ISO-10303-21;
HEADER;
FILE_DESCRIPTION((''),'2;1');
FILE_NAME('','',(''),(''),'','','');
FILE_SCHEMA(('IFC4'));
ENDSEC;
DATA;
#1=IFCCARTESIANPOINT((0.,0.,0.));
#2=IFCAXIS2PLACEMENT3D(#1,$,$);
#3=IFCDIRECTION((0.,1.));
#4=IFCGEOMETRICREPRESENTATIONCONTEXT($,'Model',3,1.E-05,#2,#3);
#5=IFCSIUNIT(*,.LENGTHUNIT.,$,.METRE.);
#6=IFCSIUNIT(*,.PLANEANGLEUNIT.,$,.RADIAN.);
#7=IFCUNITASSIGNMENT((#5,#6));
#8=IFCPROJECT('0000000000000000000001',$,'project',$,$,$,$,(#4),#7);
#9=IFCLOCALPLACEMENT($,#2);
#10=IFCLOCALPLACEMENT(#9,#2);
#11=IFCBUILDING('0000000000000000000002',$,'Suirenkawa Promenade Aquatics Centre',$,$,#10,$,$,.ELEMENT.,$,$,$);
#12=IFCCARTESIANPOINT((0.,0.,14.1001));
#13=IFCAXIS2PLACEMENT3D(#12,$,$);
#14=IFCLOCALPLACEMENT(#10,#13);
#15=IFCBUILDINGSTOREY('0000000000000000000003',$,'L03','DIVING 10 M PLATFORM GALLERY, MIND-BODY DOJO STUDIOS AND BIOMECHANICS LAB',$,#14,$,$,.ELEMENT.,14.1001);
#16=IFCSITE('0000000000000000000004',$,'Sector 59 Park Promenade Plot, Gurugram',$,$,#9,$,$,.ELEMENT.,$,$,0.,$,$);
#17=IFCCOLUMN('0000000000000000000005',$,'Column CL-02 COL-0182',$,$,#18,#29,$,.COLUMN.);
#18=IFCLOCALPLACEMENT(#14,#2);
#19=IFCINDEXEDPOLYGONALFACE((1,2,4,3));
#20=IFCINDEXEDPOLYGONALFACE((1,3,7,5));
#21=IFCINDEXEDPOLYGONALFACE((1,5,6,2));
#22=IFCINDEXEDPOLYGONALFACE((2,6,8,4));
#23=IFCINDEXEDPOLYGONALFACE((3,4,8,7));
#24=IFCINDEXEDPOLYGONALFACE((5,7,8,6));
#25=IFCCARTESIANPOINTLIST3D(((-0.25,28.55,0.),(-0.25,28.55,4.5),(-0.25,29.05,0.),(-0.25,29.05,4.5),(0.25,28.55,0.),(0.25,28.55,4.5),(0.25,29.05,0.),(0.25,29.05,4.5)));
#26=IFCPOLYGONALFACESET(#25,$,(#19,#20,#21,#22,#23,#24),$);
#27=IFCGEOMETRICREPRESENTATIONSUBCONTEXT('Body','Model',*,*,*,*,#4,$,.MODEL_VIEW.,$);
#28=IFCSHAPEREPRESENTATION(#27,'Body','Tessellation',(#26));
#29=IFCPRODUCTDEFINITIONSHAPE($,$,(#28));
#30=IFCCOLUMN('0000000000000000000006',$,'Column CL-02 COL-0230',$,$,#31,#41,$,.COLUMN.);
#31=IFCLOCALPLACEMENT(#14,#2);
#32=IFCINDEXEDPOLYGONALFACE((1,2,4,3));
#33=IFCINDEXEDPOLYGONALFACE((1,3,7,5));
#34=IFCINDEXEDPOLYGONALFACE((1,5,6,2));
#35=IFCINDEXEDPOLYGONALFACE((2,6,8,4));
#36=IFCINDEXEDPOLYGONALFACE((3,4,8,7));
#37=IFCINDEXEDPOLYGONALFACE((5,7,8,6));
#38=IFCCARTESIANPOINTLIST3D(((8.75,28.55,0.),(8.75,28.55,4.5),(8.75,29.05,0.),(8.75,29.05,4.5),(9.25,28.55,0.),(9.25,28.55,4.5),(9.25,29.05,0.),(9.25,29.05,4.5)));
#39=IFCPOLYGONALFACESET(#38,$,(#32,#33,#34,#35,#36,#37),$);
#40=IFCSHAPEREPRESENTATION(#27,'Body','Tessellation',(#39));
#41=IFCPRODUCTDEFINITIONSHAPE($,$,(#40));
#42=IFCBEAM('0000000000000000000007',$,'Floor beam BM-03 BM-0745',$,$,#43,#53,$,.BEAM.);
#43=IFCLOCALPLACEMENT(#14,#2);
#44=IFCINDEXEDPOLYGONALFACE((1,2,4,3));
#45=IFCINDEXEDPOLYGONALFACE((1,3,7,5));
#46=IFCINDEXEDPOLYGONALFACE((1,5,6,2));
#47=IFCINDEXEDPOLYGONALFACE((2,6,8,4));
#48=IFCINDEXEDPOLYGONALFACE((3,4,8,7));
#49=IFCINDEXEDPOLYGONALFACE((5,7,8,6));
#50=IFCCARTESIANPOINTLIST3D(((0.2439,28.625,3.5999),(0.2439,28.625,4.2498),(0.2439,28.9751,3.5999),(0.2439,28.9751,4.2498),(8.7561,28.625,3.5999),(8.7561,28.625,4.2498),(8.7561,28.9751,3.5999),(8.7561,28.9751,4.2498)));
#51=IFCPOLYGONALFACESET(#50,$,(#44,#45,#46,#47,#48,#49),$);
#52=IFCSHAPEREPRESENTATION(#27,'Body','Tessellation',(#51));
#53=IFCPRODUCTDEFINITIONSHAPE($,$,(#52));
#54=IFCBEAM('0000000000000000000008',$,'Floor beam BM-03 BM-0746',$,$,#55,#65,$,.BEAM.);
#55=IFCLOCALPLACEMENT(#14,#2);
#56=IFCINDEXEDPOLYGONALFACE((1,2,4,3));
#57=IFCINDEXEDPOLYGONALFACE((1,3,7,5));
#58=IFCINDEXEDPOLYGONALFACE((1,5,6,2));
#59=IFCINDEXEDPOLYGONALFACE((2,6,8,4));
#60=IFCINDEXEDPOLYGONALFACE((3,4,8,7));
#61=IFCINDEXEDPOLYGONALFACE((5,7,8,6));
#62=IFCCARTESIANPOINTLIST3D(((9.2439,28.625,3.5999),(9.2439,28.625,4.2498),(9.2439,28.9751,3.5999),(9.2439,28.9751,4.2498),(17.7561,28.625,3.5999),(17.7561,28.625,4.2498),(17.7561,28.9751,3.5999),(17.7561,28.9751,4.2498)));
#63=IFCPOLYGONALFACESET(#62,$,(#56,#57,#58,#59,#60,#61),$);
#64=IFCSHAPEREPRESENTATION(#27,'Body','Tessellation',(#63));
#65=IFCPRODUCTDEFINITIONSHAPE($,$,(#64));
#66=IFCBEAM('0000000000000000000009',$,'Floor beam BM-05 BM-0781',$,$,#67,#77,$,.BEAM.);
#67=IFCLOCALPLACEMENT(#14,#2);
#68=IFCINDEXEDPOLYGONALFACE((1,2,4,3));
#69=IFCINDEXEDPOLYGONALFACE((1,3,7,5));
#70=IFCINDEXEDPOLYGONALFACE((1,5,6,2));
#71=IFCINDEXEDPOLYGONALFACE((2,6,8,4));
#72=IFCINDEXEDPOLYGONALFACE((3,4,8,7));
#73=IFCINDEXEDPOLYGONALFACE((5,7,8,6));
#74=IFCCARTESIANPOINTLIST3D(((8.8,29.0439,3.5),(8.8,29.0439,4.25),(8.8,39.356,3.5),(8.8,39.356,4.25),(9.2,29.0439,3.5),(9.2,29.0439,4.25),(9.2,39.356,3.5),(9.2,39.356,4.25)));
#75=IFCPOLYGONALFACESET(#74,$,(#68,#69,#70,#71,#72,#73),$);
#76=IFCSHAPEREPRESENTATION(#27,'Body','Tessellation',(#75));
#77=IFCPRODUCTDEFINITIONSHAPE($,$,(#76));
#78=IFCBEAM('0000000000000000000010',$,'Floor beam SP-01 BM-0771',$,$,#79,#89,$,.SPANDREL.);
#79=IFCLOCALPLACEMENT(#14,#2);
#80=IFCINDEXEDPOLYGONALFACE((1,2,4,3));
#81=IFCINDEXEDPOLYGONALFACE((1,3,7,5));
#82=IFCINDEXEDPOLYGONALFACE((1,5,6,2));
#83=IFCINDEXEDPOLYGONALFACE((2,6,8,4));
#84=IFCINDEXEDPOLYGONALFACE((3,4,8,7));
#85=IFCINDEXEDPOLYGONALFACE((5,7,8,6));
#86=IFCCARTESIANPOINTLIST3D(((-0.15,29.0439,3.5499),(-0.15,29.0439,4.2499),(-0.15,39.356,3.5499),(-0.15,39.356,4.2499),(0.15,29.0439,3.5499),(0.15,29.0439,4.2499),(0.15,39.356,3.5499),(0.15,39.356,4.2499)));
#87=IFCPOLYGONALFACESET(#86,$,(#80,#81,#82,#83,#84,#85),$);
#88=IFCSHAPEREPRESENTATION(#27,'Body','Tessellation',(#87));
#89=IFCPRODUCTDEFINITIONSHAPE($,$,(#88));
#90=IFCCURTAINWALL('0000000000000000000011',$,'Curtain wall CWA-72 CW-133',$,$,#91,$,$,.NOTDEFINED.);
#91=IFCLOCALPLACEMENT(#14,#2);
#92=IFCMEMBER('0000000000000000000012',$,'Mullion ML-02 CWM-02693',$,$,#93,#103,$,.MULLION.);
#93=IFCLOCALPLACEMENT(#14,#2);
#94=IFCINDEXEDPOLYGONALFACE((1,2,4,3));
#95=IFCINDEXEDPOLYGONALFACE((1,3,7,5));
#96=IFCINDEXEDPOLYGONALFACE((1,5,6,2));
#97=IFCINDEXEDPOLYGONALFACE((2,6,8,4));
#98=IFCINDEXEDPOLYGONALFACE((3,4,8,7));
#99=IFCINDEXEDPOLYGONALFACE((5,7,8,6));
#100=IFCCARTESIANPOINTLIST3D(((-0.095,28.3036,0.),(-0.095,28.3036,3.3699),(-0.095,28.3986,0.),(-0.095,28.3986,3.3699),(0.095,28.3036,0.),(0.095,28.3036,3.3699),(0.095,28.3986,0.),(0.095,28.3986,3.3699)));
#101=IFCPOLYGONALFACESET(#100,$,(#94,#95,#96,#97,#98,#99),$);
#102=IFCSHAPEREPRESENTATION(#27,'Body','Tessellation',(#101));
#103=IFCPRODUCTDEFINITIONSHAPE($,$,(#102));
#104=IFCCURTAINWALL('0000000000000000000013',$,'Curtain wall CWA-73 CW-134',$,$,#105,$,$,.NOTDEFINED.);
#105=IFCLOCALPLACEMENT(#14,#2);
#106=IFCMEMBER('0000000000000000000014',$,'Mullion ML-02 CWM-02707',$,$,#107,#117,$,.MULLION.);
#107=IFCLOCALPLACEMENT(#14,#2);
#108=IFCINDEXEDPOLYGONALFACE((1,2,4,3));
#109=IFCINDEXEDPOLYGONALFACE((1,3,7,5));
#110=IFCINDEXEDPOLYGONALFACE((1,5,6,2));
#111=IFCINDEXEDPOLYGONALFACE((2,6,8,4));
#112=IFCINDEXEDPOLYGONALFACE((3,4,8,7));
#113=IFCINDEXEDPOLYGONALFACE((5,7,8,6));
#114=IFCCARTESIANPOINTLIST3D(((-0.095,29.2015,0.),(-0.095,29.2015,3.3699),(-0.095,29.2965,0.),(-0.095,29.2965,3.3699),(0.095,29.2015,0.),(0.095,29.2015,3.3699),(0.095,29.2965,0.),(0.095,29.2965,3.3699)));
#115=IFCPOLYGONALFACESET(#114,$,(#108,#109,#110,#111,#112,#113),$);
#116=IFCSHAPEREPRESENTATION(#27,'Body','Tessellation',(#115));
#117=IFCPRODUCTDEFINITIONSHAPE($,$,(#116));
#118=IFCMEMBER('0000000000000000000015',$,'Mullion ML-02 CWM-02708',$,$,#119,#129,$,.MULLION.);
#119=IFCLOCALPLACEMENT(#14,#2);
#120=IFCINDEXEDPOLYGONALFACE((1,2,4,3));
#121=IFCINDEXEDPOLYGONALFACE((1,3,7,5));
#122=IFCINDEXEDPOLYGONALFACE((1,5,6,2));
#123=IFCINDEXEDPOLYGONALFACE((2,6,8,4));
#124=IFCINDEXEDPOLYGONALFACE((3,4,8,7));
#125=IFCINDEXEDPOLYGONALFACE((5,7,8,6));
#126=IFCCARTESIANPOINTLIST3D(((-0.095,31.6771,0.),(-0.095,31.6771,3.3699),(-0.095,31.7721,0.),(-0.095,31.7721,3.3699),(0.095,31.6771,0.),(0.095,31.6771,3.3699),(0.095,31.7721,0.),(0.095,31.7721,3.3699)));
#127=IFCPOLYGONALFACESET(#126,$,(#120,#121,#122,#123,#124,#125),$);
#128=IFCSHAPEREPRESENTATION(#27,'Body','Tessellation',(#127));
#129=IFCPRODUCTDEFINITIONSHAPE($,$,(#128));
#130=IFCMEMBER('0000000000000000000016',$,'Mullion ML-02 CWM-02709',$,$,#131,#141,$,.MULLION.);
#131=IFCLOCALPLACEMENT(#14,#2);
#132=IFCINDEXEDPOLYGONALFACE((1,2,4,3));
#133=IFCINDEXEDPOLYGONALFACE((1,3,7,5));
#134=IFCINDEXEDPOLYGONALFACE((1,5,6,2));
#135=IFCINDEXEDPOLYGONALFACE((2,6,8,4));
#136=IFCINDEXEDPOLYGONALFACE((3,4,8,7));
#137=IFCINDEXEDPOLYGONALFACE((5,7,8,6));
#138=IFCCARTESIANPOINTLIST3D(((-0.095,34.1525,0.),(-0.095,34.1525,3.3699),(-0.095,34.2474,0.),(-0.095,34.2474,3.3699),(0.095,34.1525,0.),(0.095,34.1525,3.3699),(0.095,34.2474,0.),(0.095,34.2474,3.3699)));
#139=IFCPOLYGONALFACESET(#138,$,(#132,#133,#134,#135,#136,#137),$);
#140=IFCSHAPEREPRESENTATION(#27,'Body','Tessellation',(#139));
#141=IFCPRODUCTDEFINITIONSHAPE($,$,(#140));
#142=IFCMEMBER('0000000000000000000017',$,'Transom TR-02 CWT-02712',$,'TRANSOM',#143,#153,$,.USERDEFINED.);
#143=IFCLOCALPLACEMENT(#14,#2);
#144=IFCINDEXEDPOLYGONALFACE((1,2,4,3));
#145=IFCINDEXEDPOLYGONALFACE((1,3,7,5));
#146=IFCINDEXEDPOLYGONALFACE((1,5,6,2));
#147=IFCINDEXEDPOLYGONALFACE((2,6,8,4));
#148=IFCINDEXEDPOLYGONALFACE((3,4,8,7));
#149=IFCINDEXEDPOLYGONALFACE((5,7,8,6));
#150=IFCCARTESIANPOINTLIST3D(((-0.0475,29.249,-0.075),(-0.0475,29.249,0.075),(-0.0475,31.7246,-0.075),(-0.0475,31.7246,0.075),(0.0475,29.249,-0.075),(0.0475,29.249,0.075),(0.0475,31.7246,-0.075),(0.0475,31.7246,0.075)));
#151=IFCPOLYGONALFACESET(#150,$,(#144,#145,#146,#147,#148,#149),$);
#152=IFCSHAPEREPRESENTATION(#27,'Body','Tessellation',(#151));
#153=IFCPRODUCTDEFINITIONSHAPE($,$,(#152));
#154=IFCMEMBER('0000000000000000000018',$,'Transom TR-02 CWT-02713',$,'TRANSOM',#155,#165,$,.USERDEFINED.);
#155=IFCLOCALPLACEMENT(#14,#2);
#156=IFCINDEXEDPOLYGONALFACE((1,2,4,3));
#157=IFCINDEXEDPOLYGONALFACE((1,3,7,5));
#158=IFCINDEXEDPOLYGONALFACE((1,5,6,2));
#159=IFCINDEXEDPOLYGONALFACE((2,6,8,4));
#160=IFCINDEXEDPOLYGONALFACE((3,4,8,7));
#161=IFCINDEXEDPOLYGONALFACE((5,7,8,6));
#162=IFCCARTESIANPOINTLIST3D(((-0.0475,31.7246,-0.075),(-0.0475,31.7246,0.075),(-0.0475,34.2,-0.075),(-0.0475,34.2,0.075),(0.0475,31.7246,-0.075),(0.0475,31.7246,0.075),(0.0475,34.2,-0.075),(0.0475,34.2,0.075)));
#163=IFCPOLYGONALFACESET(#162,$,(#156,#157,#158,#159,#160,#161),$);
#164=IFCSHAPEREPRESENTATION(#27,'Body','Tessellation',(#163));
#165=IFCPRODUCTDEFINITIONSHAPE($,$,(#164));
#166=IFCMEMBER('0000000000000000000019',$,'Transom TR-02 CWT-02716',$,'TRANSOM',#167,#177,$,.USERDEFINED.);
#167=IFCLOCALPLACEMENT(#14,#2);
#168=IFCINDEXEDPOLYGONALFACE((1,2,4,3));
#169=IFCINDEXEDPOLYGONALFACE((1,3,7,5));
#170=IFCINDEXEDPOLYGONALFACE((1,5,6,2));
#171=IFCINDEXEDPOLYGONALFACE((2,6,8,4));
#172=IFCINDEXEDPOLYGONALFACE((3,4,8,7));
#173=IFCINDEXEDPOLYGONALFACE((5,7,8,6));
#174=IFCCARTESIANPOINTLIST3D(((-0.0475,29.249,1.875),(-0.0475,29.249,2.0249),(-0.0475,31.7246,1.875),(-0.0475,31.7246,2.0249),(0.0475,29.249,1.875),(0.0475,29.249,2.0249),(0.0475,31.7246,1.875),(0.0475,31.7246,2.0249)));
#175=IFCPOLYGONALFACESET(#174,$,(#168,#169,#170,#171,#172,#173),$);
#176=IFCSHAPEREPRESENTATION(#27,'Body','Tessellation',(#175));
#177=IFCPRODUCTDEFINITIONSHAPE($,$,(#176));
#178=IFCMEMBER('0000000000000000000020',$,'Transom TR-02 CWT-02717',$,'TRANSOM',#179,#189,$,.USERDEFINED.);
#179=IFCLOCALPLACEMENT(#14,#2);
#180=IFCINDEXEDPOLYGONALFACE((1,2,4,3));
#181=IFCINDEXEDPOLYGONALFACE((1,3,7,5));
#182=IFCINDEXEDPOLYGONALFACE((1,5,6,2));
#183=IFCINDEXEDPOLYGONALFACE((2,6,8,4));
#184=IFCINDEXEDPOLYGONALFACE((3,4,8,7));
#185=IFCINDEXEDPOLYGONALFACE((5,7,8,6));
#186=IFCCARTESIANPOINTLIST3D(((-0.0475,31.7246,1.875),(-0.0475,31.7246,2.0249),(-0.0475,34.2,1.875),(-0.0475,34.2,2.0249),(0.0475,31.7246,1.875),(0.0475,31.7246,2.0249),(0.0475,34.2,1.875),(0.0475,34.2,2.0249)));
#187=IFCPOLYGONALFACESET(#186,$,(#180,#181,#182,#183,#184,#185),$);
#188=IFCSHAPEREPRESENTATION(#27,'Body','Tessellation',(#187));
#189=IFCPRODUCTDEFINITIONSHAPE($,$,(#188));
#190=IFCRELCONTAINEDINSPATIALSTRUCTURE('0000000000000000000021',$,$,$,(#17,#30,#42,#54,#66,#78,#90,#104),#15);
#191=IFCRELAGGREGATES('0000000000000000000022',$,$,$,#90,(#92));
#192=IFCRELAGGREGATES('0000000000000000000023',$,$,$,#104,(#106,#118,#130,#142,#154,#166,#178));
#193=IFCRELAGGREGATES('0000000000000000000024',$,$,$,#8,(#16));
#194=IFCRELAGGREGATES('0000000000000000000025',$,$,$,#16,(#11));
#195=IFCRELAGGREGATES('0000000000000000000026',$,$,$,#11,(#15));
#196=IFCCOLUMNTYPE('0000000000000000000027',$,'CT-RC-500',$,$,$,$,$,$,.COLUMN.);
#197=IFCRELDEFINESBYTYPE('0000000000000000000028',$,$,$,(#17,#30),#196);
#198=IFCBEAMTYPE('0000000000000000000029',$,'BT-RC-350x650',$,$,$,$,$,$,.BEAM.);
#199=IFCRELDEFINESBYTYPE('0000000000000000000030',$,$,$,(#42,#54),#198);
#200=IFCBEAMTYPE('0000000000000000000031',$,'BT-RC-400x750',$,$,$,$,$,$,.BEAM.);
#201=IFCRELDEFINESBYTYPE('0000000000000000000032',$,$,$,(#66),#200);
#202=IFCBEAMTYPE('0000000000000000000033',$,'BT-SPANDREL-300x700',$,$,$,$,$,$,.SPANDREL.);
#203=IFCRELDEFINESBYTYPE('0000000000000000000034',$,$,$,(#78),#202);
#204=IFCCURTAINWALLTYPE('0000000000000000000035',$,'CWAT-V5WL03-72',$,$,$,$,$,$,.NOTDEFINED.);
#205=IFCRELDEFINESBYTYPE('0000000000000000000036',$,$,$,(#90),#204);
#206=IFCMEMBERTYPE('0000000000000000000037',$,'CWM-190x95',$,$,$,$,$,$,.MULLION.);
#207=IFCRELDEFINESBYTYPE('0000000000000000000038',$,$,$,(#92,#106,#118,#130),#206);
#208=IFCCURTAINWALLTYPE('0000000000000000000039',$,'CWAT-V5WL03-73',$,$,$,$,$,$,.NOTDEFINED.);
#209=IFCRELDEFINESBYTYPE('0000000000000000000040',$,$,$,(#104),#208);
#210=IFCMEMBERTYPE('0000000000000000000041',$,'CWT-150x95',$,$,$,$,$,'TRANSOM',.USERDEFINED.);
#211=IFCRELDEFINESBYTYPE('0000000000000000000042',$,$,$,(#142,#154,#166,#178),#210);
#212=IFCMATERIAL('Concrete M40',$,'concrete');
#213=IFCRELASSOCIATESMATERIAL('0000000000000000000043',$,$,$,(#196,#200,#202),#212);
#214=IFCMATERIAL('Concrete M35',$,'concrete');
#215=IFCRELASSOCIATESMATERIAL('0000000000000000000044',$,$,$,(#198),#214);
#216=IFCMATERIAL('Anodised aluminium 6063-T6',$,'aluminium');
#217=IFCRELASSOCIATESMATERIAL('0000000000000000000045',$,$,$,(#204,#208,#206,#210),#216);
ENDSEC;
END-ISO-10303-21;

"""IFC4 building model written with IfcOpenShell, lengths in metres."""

from ifc_helpers import new_model, si_unit, direction, frame, origin, origin_2d, place, context, subcontext, project, spatial, rectangle, extrude, material, material_profile, profile_set, type_object, element, aggregate, save


model = new_model("IFC4")

# Units and contexts
model_context = context("Model", 3, precision=1e-05, world=origin(), true_north=direction((0.0, 1.0)))
body_context = subcontext(model_context, "Body", "Model", "MODEL_VIEW")
ifc_project = project(units=[si_unit("LENGTHUNIT", "METRE"), si_unit("PLANEANGLEUNIT", "RADIAN")], contexts=[model_context])

# Site, building, storey
site_placement = place(None, origin())
site = spatial("IfcSite", under=ifc_project, at=site_placement, Name="Sector 59 Park Promenade Plot, Gurugram", CompositionType="ELEMENT", RefElevation=0.0)
building_placement = place(site_placement, origin())
building = spatial("IfcBuilding", under=site, at=building_placement, Name="Suirenkawa Promenade Aquatics Centre", CompositionType="ELEMENT")
storey_placement = place(building_placement, frame((0.0, 0.0, 14.1001)))
storey = spatial("IfcBuildingStorey", under=building, at=storey_placement, Name="L03", Description="DIVING 10 M PLATFORM GALLERY, MIND-BODY DOJO STUDIOS AND BIOMECHANICS LAB", CompositionType="ELEMENT", Elevation=14.1001)

# Columns
ifc_material_1 = material(Name="Concrete M40", Category="concrete")
ifc_material_profile_1 = material_profile(ifc_material_1, rectangle(XDim=0.5, YDim=0.5, at=origin_2d()), Name="RC COL 500x500", Category="concrete")
ifc_profile_set_1 = profile_set([ifc_material_profile_1], Name="Concrete M40")
column_type = type_object("IfcColumnType", Name="CT-RC-500", PredefinedType="COLUMN", material=ifc_profile_set_1)
for number, where, z_axis, x_axis, name in (
    (1, (0.0, 28.8, 0.0), (0.0, 0.0, 1.0), (1.0, 0.0, 0.0), "Column CL-02 COL-0182"),
    (2, (9.0, 28.8, 0.0), (0.0, 0.0, 1.0), (1.0, 0.0, 0.0), "Column CL-02 COL-0230"),
):
    element("IfcColumn", number, at=place(storey_placement, frame(where, z_axis=z_axis, x_axis=x_axis)), inside=storey, type_object=column_type, Name=name, PredefinedType="COLUMN", context=body_context, shape_type="SweptSolid", body=[
        extrude(rectangle(XDim=0.5, YDim=0.5, at=origin_2d()), origin(), (0.0, 0.0, 1.0), 4.5),
    ])

# Beams
ifc_material_2 = material(Name="Concrete M35", Category="concrete")
ifc_material_profile_2 = material_profile(ifc_material_2, rectangle(XDim=0.3501, YDim=0.6499, at=origin_2d()), Name="RC BM 350x650", Category="concrete")
ifc_profile_set_2 = profile_set([ifc_material_profile_2], Name="Concrete M35")
beam_type_1 = type_object("IfcBeamType", Name="BT-RC-350x650", PredefinedType="BEAM", material=ifc_profile_set_2)
for number, where, z_axis, x_axis, name in (
    (3, (0.2439, 28.8, 3.9248), (1.0, 0.0, 0.0), (0.0, 1.0, 0.0), "Floor beam BM-03 BM-0745"),
    (4, (9.2439, 28.8, 3.9248), (1.0, 0.0, 0.0), (0.0, 1.0, 0.0), "Floor beam BM-03 BM-0746"),
):
    element("IfcBeam", number, at=place(storey_placement, frame(where, z_axis=z_axis, x_axis=x_axis)), inside=storey, type_object=beam_type_1, Name=name, PredefinedType="BEAM", context=body_context, shape_type="SweptSolid", body=[
        extrude(rectangle(XDim=0.3501, YDim=0.6499, at=origin_2d()), origin(), (0.0, 0.0, 1.0), 8.5122),
    ])
ifc_material_profile_3 = material_profile(ifc_material_1, rectangle(XDim=0.3999, YDim=0.75, at=origin_2d()), Name="RC BM 400x750", Category="concrete")
ifc_profile_set_3 = profile_set([ifc_material_profile_3], Name="Concrete M40")
beam_type_2 = type_object("IfcBeamType", Name="BT-RC-400x750", PredefinedType="BEAM", material=ifc_profile_set_3)
beam_1_placement = place(storey_placement, frame((9.0, 29.0439, 3.875), z_axis=(0.0, 1.0, 0.0), x_axis=(-1.0, 0.0, 0.0)))
element("IfcBeam", 5, at=beam_1_placement, inside=storey, type_object=beam_type_2, Name="Floor beam BM-05 BM-0781", PredefinedType="BEAM", context=body_context, shape_type="SweptSolid", body=[
    extrude(rectangle(XDim=0.3999, YDim=0.75, at=origin_2d()), origin(), (0.0, 0.0, 1.0), 10.312),
])
ifc_material_profile_4 = material_profile(ifc_material_1, rectangle(XDim=0.3, YDim=0.7, at=origin_2d()), Name="RC SPANDREL 300x700", Category="concrete")
ifc_profile_set_4 = profile_set([ifc_material_profile_4], Name="Concrete M40")
beam_type_3 = type_object("IfcBeamType", Name="BT-SPANDREL-300x700", PredefinedType="SPANDREL", material=ifc_profile_set_4)
beam_2_placement = place(storey_placement, frame((0.0, 29.0439, 3.8999), z_axis=(0.0, 1.0, 0.0), x_axis=(-1.0, 0.0, 0.0)))
element("IfcBeam", 6, at=beam_2_placement, inside=storey, type_object=beam_type_3, Name="Floor beam SP-01 BM-0771", PredefinedType="SPANDREL", context=body_context, shape_type="SweptSolid", body=[
    extrude(rectangle(XDim=0.3, YDim=0.7, at=origin_2d()), origin(), (0.0, 0.0, 1.0), 10.312),
])

# Curtain wall, member
ifc_material_3 = material(Name="Anodised aluminium 6063-T6", Category="aluminium")
curtain_wall_type_1 = type_object("IfcCurtainWallType", Name="CWAT-V5WL03-72", PredefinedType="NOTDEFINED", material=ifc_material_3)
curtain_wall_1_placement = place(storey_placement, origin())
curtain_wall_1 = element("IfcCurtainWall", 7, at=curtain_wall_1_placement, inside=storey, type_object=curtain_wall_type_1, Name="Curtain wall CWA-72 CW-133", PredefinedType="NOTDEFINED")
ifc_material_profile_5 = material_profile(ifc_material_3, rectangle(XDim=0.095, YDim=0.1899, at=origin_2d()), Name="ALU MULL 95x190", Category="aluminium")
ifc_profile_set_5 = profile_set([ifc_material_profile_5], Name="Anodised aluminium 6063-T6")
member_type_1 = type_object("IfcMemberType", Name="CWM-190x95", PredefinedType="MULLION", material=ifc_profile_set_5)
member_1_placement = place(storey_placement, frame((0.0, 28.3511, 0.0), z_axis=(0.0, 0.0, 1.0), x_axis=(0.0, 1.0, 0.0)))
member_1 = element("IfcMember", 8, at=member_1_placement, type_object=member_type_1, Name="Mullion ML-02 CWM-02693", PredefinedType="MULLION", context=body_context, shape_type="SweptSolid", body=[
    extrude(rectangle(XDim=0.095, YDim=0.1899, at=origin_2d()), origin(), (0.0, 0.0, 1.0), 3.3699),
])

# Curtain wall, members
curtain_wall_type_2 = type_object("IfcCurtainWallType", Name="CWAT-V5WL03-73", PredefinedType="NOTDEFINED", material=ifc_material_3)
curtain_wall_2_placement = place(storey_placement, origin())
curtain_wall_2 = element("IfcCurtainWall", 9, at=curtain_wall_2_placement, inside=storey, type_object=curtain_wall_type_2, Name="Curtain wall CWA-73 CW-134", PredefinedType="NOTDEFINED")
member_2_placement = place(storey_placement, frame((0.0, 29.249, 0.0), z_axis=(0.0, 0.0, 1.0), x_axis=(0.0, 1.0, 0.0)))
member_2 = element("IfcMember", 10, at=member_2_placement, type_object=member_type_1, Name="Mullion ML-02 CWM-02707", PredefinedType="MULLION", context=body_context, shape_type="SweptSolid", body=[
    extrude(rectangle(XDim=0.095, YDim=0.1899, at=origin_2d()), origin(), (0.0, 0.0, 1.0), 3.3699),
])
member_3_placement = place(storey_placement, frame((0.0, 31.7246, 0.0), z_axis=(0.0, 0.0, 1.0), x_axis=(0.0, 1.0, 0.0)))
member_3 = element("IfcMember", 11, at=member_3_placement, type_object=member_type_1, Name="Mullion ML-02 CWM-02708", PredefinedType="MULLION", context=body_context, shape_type="SweptSolid", body=[
    extrude(rectangle(XDim=0.095, YDim=0.1899, at=origin_2d()), origin(), (0.0, 0.0, 1.0), 3.3699),
])
member_4_placement = place(storey_placement, frame((0.0, 34.2, 0.0), z_axis=(0.0, 0.0, 1.0), x_axis=(0.0, 1.0, 0.0)))
member_4 = element("IfcMember", 12, at=member_4_placement, type_object=member_type_1, Name="Mullion ML-02 CWM-02709", PredefinedType="MULLION", context=body_context, shape_type="SweptSolid", body=[
    extrude(rectangle(XDim=0.095, YDim=0.1899, at=origin_2d()), origin(), (0.0, 0.0, 1.0), 3.3699),
])
ifc_material_profile_6 = material_profile(ifc_material_3, rectangle(XDim=0.095, YDim=0.1499, at=origin_2d()), Name="ALU TRAN 95x150", Category="aluminium")
ifc_profile_set_6 = profile_set([ifc_material_profile_6], Name="Anodised aluminium 6063-T6")
member_type_2 = type_object("IfcMemberType", Name="CWT-150x95", ElementType="TRANSOM", PredefinedType="USERDEFINED", material=ifc_profile_set_6)
member_5_placement = place(storey_placement, frame((0.0, 29.249, 0.0), z_axis=(0.0, 1.0, 0.0), x_axis=(-1.0, 0.0, 0.0)))
member_5 = element("IfcMember", 13, at=member_5_placement, type_object=member_type_2, Name="Transom TR-02 CWT-02712", ObjectType="TRANSOM", PredefinedType="USERDEFINED", context=body_context, shape_type="SweptSolid", body=[
    extrude(rectangle(XDim=0.095, YDim=0.1499, at=origin_2d()), origin(), (0.0, 0.0, 1.0), 2.4756),
])
member_6_placement = place(storey_placement, frame((0.0, 31.7246, 0.0), z_axis=(0.0, 1.0, 0.0), x_axis=(-1.0, 0.0, 0.0)))
member_6 = element("IfcMember", 14, at=member_6_placement, type_object=member_type_2, Name="Transom TR-02 CWT-02713", ObjectType="TRANSOM", PredefinedType="USERDEFINED", context=body_context, shape_type="SweptSolid", body=[
    extrude(rectangle(XDim=0.095, YDim=0.1499, at=origin_2d()), origin(), (0.0, 0.0, 1.0), 2.4753),
])
member_7_placement = place(storey_placement, frame((0.0, 29.249, 1.95), z_axis=(0.0, 1.0, 0.0), x_axis=(-1.0, 0.0, 0.0)))
member_7 = element("IfcMember", 15, at=member_7_placement, type_object=member_type_2, Name="Transom TR-02 CWT-02716", ObjectType="TRANSOM", PredefinedType="USERDEFINED", context=body_context, shape_type="SweptSolid", body=[
    extrude(rectangle(XDim=0.095, YDim=0.1499, at=origin_2d()), origin(), (0.0, 0.0, 1.0), 2.4756),
])
member_8_placement = place(storey_placement, frame((0.0, 31.7246, 1.95), z_axis=(0.0, 1.0, 0.0), x_axis=(-1.0, 0.0, 0.0)))
member_8 = element("IfcMember", 16, at=member_8_placement, type_object=member_type_2, Name="Transom TR-02 CWT-02717", ObjectType="TRANSOM", PredefinedType="USERDEFINED", context=body_context, shape_type="SweptSolid", body=[
    extrude(rectangle(XDim=0.095, YDim=0.1499, at=origin_2d()), origin(), (0.0, 0.0, 1.0), 2.4753),
])

aggregate(curtain_wall_1, [member_1])
aggregate(curtain_wall_2, [member_2, member_3, member_4, member_5, member_6, member_7, member_8])

save(model, "model.ifc")
